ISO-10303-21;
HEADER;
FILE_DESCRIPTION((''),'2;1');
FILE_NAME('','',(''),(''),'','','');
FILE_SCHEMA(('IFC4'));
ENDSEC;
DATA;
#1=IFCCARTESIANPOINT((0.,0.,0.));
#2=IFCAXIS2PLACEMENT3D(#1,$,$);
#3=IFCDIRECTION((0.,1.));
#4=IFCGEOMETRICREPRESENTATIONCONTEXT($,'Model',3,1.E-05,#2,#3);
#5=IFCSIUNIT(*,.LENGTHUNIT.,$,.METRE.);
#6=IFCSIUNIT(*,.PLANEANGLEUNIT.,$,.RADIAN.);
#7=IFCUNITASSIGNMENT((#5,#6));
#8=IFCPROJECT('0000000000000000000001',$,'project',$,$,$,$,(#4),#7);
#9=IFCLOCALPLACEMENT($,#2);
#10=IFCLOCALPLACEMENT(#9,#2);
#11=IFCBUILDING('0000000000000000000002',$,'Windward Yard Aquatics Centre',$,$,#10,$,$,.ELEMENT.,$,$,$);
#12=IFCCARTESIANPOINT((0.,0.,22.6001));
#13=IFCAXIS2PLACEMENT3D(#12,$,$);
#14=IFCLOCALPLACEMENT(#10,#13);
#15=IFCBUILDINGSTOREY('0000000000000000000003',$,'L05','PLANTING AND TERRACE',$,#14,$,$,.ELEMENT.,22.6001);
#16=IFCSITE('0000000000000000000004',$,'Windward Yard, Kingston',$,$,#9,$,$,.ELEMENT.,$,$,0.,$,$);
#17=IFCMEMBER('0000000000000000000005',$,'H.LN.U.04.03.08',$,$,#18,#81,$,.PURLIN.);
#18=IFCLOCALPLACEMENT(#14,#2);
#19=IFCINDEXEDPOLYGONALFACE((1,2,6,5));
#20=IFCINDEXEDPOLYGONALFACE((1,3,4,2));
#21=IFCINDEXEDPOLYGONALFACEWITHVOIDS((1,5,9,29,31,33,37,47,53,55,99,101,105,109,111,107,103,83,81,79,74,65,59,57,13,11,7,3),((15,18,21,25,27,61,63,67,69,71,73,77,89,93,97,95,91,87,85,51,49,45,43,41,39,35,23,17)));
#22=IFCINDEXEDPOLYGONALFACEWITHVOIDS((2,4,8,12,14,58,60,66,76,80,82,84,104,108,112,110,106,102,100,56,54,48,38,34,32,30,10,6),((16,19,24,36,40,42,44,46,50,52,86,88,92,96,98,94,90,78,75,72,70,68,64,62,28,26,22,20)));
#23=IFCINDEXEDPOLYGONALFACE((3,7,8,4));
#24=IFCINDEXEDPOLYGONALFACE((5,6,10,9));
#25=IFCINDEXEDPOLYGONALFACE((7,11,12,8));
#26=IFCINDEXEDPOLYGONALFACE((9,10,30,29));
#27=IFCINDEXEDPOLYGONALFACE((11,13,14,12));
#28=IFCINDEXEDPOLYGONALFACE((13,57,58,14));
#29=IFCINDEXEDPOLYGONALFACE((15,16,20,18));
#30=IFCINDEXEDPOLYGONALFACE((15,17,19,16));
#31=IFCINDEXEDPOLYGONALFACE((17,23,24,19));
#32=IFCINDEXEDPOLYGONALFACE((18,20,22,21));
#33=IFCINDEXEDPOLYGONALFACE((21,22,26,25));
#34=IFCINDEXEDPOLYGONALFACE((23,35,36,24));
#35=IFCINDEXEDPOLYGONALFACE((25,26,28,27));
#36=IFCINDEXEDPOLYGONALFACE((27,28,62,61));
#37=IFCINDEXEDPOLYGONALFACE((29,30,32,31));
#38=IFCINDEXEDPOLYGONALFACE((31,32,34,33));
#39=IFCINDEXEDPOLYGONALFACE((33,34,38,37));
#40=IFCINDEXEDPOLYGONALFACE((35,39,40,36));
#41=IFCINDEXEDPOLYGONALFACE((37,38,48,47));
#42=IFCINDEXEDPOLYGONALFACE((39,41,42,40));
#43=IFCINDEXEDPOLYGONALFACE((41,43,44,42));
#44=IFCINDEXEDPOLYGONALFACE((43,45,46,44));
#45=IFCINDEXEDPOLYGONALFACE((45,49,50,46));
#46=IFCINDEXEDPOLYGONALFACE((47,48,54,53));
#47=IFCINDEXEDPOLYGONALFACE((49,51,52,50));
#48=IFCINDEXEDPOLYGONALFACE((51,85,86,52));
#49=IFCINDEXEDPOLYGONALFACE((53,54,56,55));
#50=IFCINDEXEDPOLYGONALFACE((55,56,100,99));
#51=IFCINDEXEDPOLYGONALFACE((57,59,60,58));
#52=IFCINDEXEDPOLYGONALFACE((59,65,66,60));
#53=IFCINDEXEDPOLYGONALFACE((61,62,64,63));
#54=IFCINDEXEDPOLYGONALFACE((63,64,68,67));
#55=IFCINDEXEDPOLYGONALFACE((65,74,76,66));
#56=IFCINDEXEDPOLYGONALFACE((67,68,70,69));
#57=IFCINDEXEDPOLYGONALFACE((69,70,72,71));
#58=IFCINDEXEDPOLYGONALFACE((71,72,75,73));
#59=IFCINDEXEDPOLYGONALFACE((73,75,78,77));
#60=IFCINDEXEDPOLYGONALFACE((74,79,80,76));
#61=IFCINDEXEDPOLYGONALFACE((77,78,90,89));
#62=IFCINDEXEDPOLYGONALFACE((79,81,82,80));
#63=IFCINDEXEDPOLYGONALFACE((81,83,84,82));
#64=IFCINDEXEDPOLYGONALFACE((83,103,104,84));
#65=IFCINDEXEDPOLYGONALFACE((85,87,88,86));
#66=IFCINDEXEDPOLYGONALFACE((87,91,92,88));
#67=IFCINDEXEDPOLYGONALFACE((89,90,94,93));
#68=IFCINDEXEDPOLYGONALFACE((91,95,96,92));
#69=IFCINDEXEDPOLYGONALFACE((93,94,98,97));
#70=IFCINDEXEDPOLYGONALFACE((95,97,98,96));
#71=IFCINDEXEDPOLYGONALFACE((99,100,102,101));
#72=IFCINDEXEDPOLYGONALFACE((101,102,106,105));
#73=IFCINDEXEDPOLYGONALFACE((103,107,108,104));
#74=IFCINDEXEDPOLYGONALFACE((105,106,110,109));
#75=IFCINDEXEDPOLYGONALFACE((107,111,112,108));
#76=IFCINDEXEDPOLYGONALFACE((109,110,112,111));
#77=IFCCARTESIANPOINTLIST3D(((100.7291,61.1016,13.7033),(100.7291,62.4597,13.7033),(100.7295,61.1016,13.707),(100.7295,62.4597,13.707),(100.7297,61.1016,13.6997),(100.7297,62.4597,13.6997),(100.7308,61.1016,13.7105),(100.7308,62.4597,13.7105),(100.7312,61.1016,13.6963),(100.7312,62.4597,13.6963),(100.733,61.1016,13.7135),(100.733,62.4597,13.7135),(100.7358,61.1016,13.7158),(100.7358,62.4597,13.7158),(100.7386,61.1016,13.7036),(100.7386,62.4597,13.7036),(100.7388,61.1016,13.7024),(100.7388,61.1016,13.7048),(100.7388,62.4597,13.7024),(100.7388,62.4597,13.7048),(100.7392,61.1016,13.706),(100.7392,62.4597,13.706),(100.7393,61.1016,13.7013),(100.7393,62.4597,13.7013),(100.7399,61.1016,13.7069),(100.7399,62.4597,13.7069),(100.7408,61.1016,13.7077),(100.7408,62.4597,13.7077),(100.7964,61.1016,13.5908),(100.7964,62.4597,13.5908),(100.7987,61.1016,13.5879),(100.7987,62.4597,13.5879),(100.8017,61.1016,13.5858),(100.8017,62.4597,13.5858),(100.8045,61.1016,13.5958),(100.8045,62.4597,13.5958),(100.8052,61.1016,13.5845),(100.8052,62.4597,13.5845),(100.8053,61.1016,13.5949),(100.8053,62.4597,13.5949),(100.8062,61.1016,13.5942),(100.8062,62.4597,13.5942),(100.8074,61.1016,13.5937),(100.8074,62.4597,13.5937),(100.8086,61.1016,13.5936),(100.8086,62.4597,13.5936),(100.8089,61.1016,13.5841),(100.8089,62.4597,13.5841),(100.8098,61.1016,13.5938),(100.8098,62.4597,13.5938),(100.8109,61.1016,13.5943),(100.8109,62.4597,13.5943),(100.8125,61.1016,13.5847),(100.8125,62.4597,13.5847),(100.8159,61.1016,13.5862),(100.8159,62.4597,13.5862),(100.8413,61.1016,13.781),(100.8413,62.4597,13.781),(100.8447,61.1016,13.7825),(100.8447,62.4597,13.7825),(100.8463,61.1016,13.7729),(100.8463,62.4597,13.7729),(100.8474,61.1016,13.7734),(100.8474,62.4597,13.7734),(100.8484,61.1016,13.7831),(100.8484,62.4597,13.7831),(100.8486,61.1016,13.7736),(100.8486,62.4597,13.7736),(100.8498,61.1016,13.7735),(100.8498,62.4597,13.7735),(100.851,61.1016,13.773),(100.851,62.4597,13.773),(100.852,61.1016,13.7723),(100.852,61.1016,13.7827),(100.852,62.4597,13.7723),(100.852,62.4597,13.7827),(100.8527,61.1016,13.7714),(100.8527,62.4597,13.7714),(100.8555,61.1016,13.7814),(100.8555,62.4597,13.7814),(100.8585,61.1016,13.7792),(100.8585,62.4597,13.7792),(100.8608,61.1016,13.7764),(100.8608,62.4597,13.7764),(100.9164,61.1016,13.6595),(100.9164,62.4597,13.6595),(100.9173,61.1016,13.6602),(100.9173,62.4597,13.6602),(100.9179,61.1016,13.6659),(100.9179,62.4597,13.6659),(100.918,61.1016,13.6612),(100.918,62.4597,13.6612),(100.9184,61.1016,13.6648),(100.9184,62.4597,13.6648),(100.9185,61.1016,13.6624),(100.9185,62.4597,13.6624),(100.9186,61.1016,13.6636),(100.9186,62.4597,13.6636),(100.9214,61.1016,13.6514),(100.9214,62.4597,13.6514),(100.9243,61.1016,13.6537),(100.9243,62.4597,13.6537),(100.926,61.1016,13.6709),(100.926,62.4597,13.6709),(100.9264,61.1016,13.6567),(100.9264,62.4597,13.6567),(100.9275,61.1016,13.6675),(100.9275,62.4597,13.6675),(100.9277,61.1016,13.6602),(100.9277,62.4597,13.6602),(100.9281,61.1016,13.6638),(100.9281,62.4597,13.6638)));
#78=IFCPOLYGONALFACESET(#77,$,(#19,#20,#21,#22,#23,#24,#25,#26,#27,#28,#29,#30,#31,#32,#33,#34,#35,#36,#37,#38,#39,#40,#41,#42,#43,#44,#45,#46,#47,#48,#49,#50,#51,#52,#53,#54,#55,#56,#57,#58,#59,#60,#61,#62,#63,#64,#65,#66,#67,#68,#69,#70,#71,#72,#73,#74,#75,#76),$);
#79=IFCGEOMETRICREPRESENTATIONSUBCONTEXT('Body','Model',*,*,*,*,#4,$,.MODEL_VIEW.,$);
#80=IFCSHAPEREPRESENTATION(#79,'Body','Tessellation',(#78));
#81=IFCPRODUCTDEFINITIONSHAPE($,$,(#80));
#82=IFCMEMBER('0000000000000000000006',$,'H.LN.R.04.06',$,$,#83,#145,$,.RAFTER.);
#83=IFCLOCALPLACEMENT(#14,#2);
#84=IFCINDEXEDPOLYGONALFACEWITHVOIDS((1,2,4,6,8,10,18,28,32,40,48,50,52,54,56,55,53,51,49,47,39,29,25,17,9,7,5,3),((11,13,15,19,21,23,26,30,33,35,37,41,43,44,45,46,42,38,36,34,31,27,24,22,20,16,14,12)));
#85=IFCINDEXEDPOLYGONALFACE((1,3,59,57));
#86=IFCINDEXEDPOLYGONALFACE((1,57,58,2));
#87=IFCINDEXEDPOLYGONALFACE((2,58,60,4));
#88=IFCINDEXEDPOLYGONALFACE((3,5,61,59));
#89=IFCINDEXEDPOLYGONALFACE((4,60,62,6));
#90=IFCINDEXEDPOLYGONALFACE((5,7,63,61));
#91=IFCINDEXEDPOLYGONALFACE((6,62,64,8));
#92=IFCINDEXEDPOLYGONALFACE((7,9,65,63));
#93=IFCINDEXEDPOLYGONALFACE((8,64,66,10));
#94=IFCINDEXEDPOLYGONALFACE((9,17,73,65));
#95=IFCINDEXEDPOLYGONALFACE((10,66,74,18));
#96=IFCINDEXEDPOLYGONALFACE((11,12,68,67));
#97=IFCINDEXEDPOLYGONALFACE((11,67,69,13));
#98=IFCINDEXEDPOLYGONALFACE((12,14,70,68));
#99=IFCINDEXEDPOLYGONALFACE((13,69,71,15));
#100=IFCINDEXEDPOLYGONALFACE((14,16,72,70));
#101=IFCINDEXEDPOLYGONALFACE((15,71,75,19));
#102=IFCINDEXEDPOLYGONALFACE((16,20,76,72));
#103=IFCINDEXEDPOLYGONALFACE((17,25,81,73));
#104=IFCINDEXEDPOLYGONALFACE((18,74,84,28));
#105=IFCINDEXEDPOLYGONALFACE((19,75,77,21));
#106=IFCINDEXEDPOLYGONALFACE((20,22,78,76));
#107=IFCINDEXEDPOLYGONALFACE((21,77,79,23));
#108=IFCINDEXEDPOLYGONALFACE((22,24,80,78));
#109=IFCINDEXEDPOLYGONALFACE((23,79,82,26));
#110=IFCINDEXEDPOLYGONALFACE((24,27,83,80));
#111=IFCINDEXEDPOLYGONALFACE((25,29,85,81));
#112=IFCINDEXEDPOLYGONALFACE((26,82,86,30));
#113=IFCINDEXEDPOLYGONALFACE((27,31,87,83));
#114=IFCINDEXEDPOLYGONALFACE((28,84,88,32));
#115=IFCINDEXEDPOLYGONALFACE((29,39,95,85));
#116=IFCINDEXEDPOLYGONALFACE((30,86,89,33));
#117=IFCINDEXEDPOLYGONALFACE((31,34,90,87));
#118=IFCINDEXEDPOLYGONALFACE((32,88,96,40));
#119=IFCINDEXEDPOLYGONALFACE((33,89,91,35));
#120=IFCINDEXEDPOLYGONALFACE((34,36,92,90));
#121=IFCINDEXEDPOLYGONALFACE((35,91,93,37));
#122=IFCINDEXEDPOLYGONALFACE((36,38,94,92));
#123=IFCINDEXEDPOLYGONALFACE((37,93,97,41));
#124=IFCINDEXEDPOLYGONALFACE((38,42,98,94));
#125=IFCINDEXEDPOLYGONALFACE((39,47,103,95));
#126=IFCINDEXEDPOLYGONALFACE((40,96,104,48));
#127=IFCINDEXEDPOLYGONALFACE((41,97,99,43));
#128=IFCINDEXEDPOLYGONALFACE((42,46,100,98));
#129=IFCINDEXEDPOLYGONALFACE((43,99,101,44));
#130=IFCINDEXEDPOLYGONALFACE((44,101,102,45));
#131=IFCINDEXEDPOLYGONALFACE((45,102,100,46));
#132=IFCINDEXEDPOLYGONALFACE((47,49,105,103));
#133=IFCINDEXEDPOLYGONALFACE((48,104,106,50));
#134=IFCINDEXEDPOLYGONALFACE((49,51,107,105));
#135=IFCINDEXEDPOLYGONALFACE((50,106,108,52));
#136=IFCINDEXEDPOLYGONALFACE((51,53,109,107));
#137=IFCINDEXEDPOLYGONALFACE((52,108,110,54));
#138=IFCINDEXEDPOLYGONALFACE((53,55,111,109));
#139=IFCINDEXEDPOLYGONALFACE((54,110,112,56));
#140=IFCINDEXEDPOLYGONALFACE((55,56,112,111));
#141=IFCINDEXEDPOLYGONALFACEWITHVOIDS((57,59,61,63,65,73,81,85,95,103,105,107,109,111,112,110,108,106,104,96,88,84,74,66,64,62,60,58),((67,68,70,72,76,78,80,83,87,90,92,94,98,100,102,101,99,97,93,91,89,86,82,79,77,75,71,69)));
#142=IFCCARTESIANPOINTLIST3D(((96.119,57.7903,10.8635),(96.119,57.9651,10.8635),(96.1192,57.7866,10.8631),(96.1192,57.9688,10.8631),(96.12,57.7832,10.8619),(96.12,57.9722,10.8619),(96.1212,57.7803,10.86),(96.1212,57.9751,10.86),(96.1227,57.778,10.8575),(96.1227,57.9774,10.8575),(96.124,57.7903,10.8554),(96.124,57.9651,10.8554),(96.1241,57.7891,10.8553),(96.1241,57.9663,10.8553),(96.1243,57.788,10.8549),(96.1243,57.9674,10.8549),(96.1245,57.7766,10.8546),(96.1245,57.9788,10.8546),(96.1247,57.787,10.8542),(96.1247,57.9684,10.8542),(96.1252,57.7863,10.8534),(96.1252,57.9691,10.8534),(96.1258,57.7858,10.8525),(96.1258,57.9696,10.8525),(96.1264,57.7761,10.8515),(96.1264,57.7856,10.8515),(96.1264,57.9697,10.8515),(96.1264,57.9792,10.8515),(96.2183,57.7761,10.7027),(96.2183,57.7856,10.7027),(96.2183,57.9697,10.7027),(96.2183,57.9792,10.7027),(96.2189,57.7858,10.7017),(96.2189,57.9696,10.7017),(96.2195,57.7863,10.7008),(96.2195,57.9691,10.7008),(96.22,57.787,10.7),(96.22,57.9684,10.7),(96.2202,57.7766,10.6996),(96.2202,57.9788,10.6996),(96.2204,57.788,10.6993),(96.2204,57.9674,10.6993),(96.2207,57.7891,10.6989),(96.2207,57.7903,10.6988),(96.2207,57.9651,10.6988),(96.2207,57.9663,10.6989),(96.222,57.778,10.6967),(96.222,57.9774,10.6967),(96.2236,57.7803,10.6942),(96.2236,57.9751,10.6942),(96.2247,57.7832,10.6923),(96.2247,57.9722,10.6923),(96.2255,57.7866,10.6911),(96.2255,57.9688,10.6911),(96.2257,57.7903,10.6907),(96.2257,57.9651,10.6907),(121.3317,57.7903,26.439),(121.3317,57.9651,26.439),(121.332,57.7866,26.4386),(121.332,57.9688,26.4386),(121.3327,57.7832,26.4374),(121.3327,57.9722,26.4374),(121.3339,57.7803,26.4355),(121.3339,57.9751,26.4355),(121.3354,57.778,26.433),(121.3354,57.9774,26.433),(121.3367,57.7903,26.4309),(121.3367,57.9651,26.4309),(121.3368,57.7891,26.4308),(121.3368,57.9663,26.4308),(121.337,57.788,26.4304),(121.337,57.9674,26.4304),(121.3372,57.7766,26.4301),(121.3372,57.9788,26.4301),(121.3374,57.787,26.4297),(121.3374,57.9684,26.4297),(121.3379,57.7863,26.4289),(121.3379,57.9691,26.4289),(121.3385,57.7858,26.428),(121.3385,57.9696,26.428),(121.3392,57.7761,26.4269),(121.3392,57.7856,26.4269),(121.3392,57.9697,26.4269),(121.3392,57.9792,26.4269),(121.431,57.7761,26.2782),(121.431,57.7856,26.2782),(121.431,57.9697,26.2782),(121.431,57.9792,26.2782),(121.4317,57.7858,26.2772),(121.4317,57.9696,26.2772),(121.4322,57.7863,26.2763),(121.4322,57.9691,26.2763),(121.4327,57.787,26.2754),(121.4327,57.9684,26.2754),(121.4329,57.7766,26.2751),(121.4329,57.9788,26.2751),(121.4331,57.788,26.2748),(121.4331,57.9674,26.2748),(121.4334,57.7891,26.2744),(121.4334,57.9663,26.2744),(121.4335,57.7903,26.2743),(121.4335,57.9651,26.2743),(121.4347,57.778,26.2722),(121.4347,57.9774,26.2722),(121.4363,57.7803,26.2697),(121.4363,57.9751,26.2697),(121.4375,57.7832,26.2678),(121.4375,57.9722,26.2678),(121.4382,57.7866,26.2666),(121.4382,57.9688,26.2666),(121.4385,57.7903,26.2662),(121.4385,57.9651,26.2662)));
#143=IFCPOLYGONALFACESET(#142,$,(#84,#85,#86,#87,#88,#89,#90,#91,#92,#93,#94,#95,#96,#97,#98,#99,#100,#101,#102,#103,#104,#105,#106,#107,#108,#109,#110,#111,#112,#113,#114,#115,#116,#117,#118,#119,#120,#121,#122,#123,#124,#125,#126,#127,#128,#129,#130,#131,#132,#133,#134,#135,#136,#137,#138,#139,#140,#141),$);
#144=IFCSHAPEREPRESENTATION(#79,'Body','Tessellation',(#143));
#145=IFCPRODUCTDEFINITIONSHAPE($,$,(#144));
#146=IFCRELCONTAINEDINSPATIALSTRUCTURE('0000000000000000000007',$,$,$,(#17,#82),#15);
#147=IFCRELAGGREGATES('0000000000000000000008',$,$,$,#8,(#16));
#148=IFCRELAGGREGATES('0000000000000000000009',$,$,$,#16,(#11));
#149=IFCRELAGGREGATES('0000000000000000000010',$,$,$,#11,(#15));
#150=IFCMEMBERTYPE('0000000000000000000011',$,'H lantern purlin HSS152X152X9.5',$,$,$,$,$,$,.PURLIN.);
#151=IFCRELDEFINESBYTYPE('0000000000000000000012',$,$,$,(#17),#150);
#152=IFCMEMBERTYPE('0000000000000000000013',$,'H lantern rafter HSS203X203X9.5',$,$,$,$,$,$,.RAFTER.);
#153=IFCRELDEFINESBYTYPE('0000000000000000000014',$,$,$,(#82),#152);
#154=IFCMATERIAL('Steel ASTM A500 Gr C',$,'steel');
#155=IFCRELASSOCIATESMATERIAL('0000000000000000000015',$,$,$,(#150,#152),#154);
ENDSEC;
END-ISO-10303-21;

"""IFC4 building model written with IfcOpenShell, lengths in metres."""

from ifc_helpers import new_model, si_unit, direction, frame, origin, origin_2d, place, context, subcontext, project, spatial, hollow_rectangle, extrude, material, material_profile, profile_set, type_object, element, save


model = new_model("IFC4")

# Units and contexts
model_context = context("Model", 3, precision=1e-05, world=origin(), true_north=direction((0.0, 1.0)))
body_context = subcontext(model_context, "Body", "Model", "MODEL_VIEW")
ifc_project = project(units=[si_unit("LENGTHUNIT", "METRE"), si_unit("PLANEANGLEUNIT", "RADIAN")], contexts=[model_context])

# Site, building, storey
site_placement = place(None, origin())
site = spatial("IfcSite", under=ifc_project, at=site_placement, Name="Windward Yard, Kingston", CompositionType="ELEMENT", RefElevation=0.0)
building_placement = place(site_placement, origin())
building = spatial("IfcBuilding", under=site, at=building_placement, Name="Windward Yard Aquatics Centre", CompositionType="ELEMENT")
storey_placement = place(building_placement, frame((0.0, 0.0, 22.6001)))
storey = spatial("IfcBuildingStorey", under=building, at=storey_placement, Name="L05", Description="PLANTING AND TERRACE", CompositionType="ELEMENT", Elevation=22.6001)

# Members
ifc_material_1 = material(Name="Steel ASTM A500 Gr C", Category="steel")
ifc_material_profile_1 = material_profile(ifc_material_1, hollow_rectangle(XDim=0.1523, YDim=0.1523, WallThickness=0.0095, InnerFilletRadius=0.0046, OuterFilletRadius=0.0142, at=origin_2d()), Name="HSS152X152X9.5")
ifc_profile_set_1 = profile_set([ifc_material_profile_1], Name="Steel ASTM A500 Gr C")
member_type_1 = type_object("IfcMemberType", Name="H lantern purlin HSS152X152X9.5", PredefinedType="PURLIN", material=ifc_profile_set_1)
for number, where, z_axis, x_axis, name in (
    (1, (100.8286, 61.1016, 13.6836), (0.0, 1.0, 0.0), (-0.850755, 0.0, -0.525562), "H.LN.U.04.03.08"),
):
    element("IfcMember", number, at=place(storey_placement, frame(where, z_axis=z_axis, x_axis=x_axis)), inside=storey, type_object=member_type_1, Name=name, PredefinedType="PURLIN", context=body_context, shape_type="SweptSolid", body=[
        extrude(hollow_rectangle(XDim=0.1523, YDim=0.1523, WallThickness=0.0095, InnerFilletRadius=0.0046, OuterFilletRadius=0.0142, at=origin_2d()), origin(), (0.0, 0.0, 1.0), 1.3582),
    ])
ifc_material_profile_2 = material_profile(ifc_material_1, hollow_rectangle(XDim=0.2031, YDim=0.2031, WallThickness=0.0095, InnerFilletRadius=0.0046, OuterFilletRadius=0.0142, at=origin_2d()), Name="HSS203X203X9.5")
ifc_profile_set_2 = profile_set([ifc_material_profile_2], Name="Steel ASTM A500 Gr C")
member_type_2 = type_object("IfcMemberType", Name="H lantern rafter HSS203X203X9.5", PredefinedType="RAFTER", material=ifc_profile_set_2)
member_1_placement = place(storey_placement, frame((96.1724, 57.8777, 10.7771), z_axis=(0.850754, 0.0, 0.525564), x_axis=(0.0, 1.0, 0.0)))
element("IfcMember", 2, at=member_1_placement, inside=storey, type_object=member_type_2, Name="H.LN.R.04.06", PredefinedType="RAFTER", context=body_context, shape_type="SweptSolid", body=[
    extrude(hollow_rectangle(XDim=0.2031, YDim=0.2031, WallThickness=0.0095, InnerFilletRadius=0.0046, OuterFilletRadius=0.0142, at=origin_2d()), origin(), (0.0, 0.0, 1.0), 29.6357),
])

save(model, "model.ifc")
